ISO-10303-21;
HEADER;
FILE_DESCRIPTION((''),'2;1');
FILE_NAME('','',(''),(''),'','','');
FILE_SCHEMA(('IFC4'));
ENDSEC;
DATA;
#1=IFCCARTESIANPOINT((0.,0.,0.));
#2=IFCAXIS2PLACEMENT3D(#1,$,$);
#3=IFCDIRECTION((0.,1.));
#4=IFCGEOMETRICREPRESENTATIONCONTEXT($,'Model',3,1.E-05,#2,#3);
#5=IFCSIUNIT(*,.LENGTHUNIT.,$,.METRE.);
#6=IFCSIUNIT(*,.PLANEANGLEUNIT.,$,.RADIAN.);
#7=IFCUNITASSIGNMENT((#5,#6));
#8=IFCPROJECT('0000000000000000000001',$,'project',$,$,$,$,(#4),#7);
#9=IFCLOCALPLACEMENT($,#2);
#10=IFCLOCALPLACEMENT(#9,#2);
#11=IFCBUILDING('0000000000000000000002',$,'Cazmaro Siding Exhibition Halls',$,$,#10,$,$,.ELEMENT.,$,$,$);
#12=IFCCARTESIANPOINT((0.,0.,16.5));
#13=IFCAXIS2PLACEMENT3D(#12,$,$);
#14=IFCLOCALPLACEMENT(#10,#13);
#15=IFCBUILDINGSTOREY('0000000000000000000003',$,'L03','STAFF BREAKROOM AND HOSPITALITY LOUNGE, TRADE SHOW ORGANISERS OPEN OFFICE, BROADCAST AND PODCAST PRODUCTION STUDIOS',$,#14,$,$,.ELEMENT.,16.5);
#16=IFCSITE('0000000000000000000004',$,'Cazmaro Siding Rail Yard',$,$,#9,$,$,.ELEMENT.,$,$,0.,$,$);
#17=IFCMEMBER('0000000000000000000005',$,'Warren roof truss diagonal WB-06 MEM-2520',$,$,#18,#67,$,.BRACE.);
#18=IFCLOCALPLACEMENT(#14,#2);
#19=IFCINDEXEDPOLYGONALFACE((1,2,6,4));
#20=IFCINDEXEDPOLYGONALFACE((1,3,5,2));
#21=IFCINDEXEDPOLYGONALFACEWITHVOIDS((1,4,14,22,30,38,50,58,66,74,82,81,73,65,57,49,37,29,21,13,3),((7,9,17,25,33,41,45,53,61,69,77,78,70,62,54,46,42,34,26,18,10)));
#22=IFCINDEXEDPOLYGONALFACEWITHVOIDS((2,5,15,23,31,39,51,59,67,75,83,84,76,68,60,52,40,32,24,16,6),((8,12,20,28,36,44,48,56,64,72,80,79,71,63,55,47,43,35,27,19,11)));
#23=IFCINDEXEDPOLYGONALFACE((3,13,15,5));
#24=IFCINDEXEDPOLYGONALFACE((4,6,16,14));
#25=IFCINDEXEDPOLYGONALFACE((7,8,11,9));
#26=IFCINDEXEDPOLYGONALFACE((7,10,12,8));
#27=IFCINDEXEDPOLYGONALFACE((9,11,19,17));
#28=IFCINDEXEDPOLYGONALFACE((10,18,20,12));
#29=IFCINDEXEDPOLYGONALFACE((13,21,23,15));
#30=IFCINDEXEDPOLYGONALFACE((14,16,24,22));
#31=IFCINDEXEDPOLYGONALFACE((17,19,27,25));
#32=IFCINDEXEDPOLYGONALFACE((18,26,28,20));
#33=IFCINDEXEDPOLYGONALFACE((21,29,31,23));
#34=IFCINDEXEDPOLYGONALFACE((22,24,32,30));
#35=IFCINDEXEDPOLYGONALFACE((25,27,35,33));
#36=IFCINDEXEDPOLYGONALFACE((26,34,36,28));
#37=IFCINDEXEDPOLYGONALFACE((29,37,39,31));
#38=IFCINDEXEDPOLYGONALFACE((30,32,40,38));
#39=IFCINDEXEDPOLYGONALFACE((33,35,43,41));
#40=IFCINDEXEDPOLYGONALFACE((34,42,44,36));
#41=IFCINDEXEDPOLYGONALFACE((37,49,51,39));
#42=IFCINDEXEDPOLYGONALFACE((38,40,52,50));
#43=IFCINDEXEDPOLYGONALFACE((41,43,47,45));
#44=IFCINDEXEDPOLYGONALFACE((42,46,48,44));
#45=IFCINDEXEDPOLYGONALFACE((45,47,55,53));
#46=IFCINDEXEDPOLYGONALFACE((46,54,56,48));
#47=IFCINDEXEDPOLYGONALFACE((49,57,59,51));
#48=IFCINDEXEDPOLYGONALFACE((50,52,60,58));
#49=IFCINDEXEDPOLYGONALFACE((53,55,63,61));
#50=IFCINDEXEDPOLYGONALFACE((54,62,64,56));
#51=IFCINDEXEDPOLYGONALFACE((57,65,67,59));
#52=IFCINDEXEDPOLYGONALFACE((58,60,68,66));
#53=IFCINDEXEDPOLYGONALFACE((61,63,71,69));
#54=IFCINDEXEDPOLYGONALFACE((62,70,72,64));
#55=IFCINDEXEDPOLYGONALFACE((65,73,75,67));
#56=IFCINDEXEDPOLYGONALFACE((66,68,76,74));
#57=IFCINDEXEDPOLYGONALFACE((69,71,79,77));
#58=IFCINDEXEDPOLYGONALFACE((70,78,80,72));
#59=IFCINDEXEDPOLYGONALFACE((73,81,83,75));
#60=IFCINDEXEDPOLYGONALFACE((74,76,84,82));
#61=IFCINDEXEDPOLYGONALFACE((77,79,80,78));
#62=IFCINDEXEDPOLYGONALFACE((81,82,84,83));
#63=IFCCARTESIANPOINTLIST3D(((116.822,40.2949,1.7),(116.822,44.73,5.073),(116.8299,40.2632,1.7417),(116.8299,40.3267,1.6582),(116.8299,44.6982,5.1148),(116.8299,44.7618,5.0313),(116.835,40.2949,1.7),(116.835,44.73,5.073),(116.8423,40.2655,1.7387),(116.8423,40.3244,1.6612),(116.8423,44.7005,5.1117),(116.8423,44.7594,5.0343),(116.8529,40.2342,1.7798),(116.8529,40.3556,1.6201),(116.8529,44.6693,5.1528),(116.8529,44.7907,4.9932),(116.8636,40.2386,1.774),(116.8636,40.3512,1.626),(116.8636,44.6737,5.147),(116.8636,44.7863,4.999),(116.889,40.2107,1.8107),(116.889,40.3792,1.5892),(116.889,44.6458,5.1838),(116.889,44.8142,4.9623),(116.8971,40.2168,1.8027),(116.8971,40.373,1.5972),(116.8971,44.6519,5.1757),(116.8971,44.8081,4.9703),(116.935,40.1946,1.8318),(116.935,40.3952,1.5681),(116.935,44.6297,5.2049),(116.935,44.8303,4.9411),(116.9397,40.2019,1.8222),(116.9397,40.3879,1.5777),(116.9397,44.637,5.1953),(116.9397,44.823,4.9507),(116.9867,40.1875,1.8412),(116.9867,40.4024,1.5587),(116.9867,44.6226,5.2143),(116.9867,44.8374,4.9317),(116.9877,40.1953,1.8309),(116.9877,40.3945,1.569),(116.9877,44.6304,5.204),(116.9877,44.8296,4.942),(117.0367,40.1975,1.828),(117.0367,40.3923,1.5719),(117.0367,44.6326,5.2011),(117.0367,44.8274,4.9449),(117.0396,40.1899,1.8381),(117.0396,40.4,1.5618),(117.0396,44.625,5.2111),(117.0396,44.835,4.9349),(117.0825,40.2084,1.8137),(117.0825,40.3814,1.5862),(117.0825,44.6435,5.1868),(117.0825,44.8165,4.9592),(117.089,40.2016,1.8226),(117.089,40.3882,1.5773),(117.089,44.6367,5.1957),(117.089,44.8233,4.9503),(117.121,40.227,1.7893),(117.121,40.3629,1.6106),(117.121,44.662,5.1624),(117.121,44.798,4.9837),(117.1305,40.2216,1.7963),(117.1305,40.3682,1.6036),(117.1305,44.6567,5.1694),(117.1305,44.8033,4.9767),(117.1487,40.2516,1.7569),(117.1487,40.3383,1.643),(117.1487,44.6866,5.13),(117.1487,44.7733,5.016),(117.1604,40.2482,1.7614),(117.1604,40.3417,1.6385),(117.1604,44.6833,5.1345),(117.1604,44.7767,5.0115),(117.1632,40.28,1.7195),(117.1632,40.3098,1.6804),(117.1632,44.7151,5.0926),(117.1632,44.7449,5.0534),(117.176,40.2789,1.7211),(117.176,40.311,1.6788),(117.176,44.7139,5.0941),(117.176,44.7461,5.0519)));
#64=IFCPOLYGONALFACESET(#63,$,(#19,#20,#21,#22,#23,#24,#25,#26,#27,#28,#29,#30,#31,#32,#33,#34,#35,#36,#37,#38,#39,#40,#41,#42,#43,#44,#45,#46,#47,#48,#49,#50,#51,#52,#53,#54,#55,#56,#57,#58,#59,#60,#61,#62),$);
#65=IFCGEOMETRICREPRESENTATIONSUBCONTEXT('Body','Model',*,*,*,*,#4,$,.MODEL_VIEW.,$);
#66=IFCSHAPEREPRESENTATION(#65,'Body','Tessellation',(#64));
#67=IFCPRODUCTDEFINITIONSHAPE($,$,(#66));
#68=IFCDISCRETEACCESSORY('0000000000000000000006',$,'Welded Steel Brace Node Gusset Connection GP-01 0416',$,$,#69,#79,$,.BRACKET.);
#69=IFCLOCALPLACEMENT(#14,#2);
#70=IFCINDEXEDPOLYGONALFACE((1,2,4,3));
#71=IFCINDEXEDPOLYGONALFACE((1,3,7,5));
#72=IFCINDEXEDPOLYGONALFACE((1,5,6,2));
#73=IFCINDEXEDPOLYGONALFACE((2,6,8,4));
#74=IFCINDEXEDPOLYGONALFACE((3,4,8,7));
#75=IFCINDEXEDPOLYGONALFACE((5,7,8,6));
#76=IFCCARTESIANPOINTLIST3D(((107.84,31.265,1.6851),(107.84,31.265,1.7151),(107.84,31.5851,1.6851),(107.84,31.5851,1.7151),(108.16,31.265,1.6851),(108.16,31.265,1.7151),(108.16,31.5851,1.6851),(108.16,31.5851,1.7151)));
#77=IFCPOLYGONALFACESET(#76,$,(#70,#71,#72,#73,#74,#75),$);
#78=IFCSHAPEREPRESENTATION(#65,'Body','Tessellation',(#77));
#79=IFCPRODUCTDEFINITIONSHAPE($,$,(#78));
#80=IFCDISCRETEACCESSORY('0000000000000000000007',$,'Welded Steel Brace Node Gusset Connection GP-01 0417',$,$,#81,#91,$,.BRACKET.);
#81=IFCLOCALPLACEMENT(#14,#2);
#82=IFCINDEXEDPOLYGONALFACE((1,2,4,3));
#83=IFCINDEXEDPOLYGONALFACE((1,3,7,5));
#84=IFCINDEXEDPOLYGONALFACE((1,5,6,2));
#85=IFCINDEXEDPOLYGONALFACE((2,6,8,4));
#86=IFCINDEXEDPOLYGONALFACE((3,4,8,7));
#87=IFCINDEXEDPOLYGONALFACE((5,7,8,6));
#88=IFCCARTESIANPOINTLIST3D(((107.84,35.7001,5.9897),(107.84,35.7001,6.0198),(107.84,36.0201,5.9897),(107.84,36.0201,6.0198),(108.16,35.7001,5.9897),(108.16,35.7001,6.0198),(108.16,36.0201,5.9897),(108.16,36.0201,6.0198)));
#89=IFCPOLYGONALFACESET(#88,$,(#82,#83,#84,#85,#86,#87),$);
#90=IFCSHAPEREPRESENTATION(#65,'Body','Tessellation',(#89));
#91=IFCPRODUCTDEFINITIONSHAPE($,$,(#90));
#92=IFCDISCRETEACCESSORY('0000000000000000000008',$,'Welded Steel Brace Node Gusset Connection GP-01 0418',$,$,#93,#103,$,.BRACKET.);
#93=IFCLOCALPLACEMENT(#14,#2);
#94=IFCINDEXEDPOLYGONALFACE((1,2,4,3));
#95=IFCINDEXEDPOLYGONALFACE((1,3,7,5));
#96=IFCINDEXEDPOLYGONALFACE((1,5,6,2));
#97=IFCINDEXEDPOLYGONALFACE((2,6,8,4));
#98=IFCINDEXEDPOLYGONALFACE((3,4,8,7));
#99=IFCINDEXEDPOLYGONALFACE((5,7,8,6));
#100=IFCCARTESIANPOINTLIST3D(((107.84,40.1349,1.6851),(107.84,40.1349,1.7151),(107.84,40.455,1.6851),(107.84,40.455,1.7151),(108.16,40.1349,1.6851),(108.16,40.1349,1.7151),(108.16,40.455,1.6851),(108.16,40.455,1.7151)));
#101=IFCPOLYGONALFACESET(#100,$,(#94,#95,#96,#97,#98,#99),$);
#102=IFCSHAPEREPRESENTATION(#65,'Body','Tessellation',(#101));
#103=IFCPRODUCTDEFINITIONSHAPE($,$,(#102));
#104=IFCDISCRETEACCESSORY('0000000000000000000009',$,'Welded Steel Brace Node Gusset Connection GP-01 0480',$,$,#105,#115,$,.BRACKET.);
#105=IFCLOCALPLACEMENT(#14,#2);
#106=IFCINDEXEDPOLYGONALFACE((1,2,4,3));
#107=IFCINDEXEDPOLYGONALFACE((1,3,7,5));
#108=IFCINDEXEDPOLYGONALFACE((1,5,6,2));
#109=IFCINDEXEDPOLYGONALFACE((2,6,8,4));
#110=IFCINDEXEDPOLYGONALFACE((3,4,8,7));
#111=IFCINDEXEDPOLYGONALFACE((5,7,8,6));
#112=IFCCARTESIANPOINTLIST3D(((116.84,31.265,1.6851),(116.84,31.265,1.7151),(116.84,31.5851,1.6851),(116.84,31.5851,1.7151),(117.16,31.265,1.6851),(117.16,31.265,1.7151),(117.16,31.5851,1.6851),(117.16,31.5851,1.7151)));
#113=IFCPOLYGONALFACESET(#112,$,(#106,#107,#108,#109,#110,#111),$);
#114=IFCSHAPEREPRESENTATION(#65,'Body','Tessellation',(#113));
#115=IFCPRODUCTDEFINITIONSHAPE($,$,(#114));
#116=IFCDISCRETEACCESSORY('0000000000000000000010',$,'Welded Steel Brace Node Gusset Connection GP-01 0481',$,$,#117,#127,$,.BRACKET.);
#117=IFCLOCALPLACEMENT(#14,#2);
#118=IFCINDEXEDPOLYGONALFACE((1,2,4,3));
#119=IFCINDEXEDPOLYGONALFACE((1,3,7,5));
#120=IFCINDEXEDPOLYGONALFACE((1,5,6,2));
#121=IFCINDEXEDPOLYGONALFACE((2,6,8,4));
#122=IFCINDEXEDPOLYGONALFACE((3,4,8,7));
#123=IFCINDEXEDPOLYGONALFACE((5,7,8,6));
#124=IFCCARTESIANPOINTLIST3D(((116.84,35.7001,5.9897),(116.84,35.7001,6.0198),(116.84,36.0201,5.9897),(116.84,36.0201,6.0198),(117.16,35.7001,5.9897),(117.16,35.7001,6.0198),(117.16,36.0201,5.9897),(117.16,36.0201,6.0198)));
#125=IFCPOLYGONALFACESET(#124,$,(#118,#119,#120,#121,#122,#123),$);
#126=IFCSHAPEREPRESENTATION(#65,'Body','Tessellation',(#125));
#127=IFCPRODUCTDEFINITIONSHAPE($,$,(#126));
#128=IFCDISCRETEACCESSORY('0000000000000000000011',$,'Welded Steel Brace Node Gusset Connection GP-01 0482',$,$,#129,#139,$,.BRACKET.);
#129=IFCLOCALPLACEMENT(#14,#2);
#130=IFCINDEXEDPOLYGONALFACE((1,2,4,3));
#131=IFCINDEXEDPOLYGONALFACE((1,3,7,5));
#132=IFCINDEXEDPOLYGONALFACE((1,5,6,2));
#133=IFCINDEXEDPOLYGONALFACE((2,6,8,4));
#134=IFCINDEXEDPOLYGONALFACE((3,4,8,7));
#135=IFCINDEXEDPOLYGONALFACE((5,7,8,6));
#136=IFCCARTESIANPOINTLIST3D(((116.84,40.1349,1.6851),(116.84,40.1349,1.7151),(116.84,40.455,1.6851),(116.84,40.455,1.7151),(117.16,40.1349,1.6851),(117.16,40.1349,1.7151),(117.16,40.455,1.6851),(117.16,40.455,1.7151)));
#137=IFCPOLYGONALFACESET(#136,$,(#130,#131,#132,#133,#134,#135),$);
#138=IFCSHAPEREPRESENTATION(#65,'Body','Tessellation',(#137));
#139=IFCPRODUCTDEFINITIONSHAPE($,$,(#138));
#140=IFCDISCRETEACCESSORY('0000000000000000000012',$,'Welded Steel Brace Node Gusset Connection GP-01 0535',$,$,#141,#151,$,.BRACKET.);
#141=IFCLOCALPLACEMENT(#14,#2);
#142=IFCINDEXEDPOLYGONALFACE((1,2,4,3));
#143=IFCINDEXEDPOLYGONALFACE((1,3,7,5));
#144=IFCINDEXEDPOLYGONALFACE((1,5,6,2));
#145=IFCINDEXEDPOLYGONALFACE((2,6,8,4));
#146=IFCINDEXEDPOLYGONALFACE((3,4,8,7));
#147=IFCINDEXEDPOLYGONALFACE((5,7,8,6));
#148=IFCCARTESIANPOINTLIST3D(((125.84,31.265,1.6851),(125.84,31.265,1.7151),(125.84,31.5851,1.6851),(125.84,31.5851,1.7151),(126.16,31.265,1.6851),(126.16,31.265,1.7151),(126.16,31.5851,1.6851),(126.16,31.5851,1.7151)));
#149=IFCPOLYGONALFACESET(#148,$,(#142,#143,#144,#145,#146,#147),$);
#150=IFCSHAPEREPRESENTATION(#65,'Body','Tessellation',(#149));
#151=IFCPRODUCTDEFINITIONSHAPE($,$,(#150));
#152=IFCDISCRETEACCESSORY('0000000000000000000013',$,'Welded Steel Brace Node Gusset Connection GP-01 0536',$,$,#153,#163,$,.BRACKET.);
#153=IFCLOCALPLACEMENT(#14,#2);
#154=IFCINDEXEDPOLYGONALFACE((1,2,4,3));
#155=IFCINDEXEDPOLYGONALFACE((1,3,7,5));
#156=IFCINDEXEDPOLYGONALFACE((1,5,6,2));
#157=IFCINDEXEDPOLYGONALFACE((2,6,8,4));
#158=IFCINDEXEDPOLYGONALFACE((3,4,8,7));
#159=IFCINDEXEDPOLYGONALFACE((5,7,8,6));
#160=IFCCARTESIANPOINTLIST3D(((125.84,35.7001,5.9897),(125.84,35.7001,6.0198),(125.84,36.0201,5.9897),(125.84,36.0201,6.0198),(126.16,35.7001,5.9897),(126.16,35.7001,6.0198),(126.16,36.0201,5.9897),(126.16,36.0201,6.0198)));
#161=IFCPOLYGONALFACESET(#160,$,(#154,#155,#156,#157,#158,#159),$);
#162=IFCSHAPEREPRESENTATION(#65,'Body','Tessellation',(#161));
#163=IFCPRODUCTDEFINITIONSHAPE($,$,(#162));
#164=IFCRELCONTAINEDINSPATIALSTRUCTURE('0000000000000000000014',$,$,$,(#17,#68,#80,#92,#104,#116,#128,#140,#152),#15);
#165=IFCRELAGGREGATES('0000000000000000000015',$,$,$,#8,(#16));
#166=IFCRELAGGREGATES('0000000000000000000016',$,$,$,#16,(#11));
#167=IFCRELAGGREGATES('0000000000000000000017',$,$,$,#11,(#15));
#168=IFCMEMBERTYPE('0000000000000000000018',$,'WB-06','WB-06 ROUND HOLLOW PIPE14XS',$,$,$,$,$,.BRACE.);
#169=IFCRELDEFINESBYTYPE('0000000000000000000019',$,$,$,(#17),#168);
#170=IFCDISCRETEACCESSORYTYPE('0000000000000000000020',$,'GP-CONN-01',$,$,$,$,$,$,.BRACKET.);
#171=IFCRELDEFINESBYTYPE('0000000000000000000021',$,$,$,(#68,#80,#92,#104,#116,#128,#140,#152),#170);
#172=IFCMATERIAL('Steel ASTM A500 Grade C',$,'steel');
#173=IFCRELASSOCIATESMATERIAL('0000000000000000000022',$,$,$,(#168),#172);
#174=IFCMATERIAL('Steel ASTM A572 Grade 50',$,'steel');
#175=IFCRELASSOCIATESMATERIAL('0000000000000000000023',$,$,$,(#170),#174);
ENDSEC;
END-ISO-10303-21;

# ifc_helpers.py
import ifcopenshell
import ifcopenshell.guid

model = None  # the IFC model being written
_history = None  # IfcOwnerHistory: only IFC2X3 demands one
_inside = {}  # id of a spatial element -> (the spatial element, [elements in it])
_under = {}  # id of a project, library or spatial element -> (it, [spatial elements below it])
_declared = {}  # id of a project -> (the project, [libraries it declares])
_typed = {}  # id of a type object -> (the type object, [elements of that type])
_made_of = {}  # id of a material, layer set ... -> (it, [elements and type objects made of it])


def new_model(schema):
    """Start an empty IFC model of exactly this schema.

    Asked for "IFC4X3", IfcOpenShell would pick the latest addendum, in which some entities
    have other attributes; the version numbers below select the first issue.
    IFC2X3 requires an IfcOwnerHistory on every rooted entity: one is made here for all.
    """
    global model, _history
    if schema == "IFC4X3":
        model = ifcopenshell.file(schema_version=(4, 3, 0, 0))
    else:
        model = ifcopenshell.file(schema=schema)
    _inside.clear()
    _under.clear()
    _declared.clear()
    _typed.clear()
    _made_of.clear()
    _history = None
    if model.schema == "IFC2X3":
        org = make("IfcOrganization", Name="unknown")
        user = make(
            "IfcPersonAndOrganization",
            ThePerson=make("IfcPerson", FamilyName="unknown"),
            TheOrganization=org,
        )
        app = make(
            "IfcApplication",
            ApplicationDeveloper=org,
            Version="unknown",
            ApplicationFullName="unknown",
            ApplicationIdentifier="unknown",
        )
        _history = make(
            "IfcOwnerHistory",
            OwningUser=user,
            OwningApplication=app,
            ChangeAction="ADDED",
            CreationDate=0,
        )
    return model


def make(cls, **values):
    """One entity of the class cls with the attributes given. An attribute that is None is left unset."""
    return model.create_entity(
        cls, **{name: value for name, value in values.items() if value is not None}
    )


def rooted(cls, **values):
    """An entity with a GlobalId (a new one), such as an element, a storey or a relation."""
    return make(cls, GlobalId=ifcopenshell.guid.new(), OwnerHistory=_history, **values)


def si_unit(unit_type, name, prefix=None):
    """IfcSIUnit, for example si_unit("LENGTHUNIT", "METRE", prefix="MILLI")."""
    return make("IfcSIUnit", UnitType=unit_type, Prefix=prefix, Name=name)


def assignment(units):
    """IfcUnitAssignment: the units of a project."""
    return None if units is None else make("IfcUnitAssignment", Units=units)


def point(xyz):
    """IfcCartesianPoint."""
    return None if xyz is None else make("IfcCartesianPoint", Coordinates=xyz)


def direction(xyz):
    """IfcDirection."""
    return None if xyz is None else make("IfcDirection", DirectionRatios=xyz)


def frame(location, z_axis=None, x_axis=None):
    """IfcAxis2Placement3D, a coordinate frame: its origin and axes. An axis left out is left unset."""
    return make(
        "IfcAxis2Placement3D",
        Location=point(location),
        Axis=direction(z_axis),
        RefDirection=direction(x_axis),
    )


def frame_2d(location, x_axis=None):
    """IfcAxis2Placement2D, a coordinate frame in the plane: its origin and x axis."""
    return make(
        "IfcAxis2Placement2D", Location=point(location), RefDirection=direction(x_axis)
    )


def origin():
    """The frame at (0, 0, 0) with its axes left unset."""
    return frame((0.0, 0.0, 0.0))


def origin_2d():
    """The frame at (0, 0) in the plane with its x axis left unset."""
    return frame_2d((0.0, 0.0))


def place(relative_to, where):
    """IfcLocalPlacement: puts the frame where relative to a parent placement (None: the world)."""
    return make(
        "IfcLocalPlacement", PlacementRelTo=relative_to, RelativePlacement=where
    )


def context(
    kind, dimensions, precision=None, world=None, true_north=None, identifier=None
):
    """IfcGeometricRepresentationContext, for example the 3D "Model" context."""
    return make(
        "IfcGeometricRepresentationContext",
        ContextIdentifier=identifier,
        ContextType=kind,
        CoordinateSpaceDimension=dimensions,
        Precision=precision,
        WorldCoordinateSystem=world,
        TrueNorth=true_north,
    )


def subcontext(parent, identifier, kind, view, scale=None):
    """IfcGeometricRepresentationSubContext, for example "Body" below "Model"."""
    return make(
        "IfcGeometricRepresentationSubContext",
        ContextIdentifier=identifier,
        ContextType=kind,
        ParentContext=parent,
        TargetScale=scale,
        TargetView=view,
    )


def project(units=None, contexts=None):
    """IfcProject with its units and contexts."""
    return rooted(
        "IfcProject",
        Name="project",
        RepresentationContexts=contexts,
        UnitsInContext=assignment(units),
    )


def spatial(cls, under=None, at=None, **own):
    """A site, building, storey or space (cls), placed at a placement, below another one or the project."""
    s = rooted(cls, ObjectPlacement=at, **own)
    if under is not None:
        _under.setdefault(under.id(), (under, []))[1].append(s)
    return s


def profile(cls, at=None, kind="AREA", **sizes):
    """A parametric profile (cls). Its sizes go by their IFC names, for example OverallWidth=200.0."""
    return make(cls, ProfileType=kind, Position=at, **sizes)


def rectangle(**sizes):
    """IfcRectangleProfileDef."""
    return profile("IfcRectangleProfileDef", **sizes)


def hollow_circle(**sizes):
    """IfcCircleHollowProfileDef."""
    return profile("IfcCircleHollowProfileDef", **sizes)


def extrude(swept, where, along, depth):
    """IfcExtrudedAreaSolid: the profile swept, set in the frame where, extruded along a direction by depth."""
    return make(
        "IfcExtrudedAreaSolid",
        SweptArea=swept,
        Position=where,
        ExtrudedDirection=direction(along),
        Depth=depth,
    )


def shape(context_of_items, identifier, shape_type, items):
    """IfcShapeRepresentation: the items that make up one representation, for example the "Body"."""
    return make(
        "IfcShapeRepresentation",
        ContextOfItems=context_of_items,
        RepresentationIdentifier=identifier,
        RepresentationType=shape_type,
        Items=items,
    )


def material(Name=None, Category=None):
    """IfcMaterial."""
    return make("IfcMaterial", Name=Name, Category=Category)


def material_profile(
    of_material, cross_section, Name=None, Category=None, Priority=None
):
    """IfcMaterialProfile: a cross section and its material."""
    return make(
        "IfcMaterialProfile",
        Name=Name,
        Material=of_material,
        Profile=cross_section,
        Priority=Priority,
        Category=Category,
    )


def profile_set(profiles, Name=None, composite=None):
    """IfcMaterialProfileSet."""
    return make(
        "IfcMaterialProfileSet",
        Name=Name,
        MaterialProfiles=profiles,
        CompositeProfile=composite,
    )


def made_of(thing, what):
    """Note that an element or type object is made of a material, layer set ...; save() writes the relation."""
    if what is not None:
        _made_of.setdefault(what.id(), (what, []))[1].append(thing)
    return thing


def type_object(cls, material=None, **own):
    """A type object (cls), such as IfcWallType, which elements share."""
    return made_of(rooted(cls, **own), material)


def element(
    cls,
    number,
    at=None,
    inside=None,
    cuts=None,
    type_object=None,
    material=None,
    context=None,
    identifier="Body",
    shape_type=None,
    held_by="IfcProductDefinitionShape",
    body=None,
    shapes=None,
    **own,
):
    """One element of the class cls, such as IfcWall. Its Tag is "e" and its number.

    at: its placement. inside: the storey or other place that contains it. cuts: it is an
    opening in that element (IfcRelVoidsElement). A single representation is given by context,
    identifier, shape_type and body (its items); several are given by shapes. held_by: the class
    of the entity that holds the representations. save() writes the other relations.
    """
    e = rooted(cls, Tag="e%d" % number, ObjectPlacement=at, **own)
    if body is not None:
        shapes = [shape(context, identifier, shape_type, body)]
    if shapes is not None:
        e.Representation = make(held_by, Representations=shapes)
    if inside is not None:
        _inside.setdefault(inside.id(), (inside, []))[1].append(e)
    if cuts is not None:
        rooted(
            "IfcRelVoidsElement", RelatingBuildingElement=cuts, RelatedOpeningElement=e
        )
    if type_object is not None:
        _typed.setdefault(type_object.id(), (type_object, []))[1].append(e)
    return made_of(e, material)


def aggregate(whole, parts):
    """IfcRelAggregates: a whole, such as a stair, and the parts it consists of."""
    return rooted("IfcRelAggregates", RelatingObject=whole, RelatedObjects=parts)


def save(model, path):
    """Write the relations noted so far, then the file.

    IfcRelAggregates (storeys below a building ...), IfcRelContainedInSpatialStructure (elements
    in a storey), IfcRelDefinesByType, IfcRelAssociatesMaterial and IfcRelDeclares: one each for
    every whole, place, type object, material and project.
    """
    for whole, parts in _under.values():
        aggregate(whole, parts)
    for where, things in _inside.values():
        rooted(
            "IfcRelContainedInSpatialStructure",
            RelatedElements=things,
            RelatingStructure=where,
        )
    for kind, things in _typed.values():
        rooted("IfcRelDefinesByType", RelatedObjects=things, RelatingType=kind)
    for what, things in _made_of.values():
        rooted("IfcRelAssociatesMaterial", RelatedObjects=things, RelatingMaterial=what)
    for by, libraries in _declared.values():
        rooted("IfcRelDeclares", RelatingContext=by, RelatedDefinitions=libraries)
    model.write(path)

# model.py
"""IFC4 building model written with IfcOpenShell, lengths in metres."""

from ifc_helpers import new_model, si_unit, direction, frame, origin, origin_2d, place, context, subcontext, project, spatial, rectangle, hollow_circle, extrude, material, material_profile, profile_set, type_object, element, save


model = new_model("IFC4")

# Units and contexts
model_context = context("Model", 3, precision=1e-05, world=origin(), true_north=direction((0.0, 1.0)))
body_context = subcontext(model_context, "Body", "Model", "MODEL_VIEW")
ifc_project = project(units=[si_unit("LENGTHUNIT", "METRE"), si_unit("PLANEANGLEUNIT", "RADIAN")], contexts=[model_context])

# Site, building, storey
site_placement = place(None, origin())
site = spatial("IfcSite", under=ifc_project, at=site_placement, Name="Cazmaro Siding Rail Yard", CompositionType="ELEMENT", RefElevation=0.0)
building_placement = place(site_placement, origin())
building = spatial("IfcBuilding", under=site, at=building_placement, Name="Cazmaro Siding Exhibition Halls", CompositionType="ELEMENT")
storey_placement = place(building_placement, frame((0.0, 0.0, 16.5)))
storey = spatial("IfcBuildingStorey", under=building, at=storey_placement, Name="L03", Description="STAFF BREAKROOM AND HOSPITALITY LOUNGE, TRADE SHOW ORGANISERS OPEN OFFICE, BROADCAST AND PODCAST PRODUCTION STUDIOS", CompositionType="ELEMENT", Elevation=16.5)

# Member
ifc_material_1 = material(Name="Steel ASTM A500 Grade C", Category="steel")
ifc_material_profile_1 = material_profile(ifc_material_1, hollow_circle(Radius=0.178, WallThickness=0.0129, at=origin_2d()), Name="PIPE14XS")
ifc_profile_set_1 = profile_set([ifc_material_profile_1], Name="Steel ASTM A500 Grade C")
member_type_1 = type_object("IfcMemberType", Name="WB-06", Description="WB-06 ROUND HOLLOW PIPE14XS", PredefinedType="BRACE", material=ifc_profile_set_1)
member_1_placement = place(storey_placement, frame((117.0, 40.2949, 1.7), z_axis=(0.0, 0.795954, 0.605357), x_axis=(-1.0, 0.0, 0.0)))
element("IfcMember", 1, at=member_1_placement, inside=storey, type_object=member_type_1, Name="Warren roof truss diagonal WB-06 MEM-2520", PredefinedType="BRACE", context=body_context, shape_type="SweptSolid", body=[
    extrude(hollow_circle(Radius=0.178, WallThickness=0.0129, at=origin_2d()), origin(), (0.0, 0.0, 1.0), 5.572),
])

# Discrete accessories
ifc_material_2 = material(Name="Steel ASTM A572 Grade 50", Category="steel")
discrete_accessory_type = type_object("IfcDiscreteAccessoryType", Name="GP-CONN-01", PredefinedType="BRACKET", material=ifc_material_2)
for number, where, z_axis, x_axis, name in (
    (2, (108.0, 31.425, 1.6851), (0.0, 0.0, 1.0), (1.0, 0.0, 0.0), "Welded Steel Brace Node Gusset Connection GP-01 0416"),
    (3, (108.0, 35.8601, 5.9897), (0.0, 0.0, 1.0), (1.0, 0.0, 0.0), "Welded Steel Brace Node Gusset Connection GP-01 0417"),
    (4, (108.0, 40.2949, 1.6851), (0.0, 0.0, 1.0), (1.0, 0.0, 0.0), "Welded Steel Brace Node Gusset Connection GP-01 0418"),
    (5, (117.0, 31.425, 1.6851), (0.0, 0.0, 1.0), (1.0, 0.0, 0.0), "Welded Steel Brace Node Gusset Connection GP-01 0480"),
    (6, (117.0, 35.8601, 5.9897), (0.0, 0.0, 1.0), (1.0, 0.0, 0.0), "Welded Steel Brace Node Gusset Connection GP-01 0481"),
    (7, (117.0, 40.2949, 1.6851), (0.0, 0.0, 1.0), (1.0, 0.0, 0.0), "Welded Steel Brace Node Gusset Connection GP-01 0482"),
    (8, (126.0, 31.425, 1.6851), (0.0, 0.0, 1.0), (1.0, 0.0, 0.0), "Welded Steel Brace Node Gusset Connection GP-01 0535"),
    (9, (126.0, 35.8601, 5.9897), (0.0, 0.0, 1.0), (1.0, 0.0, 0.0), "Welded Steel Brace Node Gusset Connection GP-01 0536"),
):
    element("IfcDiscreteAccessory", number, at=place(storey_placement, frame(where, z_axis=z_axis, x_axis=x_axis)), inside=storey, type_object=discrete_accessory_type, Name=name, PredefinedType="BRACKET", context=body_context, shape_type="SweptSolid", body=[
        extrude(rectangle(XDim=0.3201, YDim=0.3201, at=origin_2d()), origin(), (0.0, 0.0, 1.0), 0.03),
    ])

save(model, "model.ifc")
